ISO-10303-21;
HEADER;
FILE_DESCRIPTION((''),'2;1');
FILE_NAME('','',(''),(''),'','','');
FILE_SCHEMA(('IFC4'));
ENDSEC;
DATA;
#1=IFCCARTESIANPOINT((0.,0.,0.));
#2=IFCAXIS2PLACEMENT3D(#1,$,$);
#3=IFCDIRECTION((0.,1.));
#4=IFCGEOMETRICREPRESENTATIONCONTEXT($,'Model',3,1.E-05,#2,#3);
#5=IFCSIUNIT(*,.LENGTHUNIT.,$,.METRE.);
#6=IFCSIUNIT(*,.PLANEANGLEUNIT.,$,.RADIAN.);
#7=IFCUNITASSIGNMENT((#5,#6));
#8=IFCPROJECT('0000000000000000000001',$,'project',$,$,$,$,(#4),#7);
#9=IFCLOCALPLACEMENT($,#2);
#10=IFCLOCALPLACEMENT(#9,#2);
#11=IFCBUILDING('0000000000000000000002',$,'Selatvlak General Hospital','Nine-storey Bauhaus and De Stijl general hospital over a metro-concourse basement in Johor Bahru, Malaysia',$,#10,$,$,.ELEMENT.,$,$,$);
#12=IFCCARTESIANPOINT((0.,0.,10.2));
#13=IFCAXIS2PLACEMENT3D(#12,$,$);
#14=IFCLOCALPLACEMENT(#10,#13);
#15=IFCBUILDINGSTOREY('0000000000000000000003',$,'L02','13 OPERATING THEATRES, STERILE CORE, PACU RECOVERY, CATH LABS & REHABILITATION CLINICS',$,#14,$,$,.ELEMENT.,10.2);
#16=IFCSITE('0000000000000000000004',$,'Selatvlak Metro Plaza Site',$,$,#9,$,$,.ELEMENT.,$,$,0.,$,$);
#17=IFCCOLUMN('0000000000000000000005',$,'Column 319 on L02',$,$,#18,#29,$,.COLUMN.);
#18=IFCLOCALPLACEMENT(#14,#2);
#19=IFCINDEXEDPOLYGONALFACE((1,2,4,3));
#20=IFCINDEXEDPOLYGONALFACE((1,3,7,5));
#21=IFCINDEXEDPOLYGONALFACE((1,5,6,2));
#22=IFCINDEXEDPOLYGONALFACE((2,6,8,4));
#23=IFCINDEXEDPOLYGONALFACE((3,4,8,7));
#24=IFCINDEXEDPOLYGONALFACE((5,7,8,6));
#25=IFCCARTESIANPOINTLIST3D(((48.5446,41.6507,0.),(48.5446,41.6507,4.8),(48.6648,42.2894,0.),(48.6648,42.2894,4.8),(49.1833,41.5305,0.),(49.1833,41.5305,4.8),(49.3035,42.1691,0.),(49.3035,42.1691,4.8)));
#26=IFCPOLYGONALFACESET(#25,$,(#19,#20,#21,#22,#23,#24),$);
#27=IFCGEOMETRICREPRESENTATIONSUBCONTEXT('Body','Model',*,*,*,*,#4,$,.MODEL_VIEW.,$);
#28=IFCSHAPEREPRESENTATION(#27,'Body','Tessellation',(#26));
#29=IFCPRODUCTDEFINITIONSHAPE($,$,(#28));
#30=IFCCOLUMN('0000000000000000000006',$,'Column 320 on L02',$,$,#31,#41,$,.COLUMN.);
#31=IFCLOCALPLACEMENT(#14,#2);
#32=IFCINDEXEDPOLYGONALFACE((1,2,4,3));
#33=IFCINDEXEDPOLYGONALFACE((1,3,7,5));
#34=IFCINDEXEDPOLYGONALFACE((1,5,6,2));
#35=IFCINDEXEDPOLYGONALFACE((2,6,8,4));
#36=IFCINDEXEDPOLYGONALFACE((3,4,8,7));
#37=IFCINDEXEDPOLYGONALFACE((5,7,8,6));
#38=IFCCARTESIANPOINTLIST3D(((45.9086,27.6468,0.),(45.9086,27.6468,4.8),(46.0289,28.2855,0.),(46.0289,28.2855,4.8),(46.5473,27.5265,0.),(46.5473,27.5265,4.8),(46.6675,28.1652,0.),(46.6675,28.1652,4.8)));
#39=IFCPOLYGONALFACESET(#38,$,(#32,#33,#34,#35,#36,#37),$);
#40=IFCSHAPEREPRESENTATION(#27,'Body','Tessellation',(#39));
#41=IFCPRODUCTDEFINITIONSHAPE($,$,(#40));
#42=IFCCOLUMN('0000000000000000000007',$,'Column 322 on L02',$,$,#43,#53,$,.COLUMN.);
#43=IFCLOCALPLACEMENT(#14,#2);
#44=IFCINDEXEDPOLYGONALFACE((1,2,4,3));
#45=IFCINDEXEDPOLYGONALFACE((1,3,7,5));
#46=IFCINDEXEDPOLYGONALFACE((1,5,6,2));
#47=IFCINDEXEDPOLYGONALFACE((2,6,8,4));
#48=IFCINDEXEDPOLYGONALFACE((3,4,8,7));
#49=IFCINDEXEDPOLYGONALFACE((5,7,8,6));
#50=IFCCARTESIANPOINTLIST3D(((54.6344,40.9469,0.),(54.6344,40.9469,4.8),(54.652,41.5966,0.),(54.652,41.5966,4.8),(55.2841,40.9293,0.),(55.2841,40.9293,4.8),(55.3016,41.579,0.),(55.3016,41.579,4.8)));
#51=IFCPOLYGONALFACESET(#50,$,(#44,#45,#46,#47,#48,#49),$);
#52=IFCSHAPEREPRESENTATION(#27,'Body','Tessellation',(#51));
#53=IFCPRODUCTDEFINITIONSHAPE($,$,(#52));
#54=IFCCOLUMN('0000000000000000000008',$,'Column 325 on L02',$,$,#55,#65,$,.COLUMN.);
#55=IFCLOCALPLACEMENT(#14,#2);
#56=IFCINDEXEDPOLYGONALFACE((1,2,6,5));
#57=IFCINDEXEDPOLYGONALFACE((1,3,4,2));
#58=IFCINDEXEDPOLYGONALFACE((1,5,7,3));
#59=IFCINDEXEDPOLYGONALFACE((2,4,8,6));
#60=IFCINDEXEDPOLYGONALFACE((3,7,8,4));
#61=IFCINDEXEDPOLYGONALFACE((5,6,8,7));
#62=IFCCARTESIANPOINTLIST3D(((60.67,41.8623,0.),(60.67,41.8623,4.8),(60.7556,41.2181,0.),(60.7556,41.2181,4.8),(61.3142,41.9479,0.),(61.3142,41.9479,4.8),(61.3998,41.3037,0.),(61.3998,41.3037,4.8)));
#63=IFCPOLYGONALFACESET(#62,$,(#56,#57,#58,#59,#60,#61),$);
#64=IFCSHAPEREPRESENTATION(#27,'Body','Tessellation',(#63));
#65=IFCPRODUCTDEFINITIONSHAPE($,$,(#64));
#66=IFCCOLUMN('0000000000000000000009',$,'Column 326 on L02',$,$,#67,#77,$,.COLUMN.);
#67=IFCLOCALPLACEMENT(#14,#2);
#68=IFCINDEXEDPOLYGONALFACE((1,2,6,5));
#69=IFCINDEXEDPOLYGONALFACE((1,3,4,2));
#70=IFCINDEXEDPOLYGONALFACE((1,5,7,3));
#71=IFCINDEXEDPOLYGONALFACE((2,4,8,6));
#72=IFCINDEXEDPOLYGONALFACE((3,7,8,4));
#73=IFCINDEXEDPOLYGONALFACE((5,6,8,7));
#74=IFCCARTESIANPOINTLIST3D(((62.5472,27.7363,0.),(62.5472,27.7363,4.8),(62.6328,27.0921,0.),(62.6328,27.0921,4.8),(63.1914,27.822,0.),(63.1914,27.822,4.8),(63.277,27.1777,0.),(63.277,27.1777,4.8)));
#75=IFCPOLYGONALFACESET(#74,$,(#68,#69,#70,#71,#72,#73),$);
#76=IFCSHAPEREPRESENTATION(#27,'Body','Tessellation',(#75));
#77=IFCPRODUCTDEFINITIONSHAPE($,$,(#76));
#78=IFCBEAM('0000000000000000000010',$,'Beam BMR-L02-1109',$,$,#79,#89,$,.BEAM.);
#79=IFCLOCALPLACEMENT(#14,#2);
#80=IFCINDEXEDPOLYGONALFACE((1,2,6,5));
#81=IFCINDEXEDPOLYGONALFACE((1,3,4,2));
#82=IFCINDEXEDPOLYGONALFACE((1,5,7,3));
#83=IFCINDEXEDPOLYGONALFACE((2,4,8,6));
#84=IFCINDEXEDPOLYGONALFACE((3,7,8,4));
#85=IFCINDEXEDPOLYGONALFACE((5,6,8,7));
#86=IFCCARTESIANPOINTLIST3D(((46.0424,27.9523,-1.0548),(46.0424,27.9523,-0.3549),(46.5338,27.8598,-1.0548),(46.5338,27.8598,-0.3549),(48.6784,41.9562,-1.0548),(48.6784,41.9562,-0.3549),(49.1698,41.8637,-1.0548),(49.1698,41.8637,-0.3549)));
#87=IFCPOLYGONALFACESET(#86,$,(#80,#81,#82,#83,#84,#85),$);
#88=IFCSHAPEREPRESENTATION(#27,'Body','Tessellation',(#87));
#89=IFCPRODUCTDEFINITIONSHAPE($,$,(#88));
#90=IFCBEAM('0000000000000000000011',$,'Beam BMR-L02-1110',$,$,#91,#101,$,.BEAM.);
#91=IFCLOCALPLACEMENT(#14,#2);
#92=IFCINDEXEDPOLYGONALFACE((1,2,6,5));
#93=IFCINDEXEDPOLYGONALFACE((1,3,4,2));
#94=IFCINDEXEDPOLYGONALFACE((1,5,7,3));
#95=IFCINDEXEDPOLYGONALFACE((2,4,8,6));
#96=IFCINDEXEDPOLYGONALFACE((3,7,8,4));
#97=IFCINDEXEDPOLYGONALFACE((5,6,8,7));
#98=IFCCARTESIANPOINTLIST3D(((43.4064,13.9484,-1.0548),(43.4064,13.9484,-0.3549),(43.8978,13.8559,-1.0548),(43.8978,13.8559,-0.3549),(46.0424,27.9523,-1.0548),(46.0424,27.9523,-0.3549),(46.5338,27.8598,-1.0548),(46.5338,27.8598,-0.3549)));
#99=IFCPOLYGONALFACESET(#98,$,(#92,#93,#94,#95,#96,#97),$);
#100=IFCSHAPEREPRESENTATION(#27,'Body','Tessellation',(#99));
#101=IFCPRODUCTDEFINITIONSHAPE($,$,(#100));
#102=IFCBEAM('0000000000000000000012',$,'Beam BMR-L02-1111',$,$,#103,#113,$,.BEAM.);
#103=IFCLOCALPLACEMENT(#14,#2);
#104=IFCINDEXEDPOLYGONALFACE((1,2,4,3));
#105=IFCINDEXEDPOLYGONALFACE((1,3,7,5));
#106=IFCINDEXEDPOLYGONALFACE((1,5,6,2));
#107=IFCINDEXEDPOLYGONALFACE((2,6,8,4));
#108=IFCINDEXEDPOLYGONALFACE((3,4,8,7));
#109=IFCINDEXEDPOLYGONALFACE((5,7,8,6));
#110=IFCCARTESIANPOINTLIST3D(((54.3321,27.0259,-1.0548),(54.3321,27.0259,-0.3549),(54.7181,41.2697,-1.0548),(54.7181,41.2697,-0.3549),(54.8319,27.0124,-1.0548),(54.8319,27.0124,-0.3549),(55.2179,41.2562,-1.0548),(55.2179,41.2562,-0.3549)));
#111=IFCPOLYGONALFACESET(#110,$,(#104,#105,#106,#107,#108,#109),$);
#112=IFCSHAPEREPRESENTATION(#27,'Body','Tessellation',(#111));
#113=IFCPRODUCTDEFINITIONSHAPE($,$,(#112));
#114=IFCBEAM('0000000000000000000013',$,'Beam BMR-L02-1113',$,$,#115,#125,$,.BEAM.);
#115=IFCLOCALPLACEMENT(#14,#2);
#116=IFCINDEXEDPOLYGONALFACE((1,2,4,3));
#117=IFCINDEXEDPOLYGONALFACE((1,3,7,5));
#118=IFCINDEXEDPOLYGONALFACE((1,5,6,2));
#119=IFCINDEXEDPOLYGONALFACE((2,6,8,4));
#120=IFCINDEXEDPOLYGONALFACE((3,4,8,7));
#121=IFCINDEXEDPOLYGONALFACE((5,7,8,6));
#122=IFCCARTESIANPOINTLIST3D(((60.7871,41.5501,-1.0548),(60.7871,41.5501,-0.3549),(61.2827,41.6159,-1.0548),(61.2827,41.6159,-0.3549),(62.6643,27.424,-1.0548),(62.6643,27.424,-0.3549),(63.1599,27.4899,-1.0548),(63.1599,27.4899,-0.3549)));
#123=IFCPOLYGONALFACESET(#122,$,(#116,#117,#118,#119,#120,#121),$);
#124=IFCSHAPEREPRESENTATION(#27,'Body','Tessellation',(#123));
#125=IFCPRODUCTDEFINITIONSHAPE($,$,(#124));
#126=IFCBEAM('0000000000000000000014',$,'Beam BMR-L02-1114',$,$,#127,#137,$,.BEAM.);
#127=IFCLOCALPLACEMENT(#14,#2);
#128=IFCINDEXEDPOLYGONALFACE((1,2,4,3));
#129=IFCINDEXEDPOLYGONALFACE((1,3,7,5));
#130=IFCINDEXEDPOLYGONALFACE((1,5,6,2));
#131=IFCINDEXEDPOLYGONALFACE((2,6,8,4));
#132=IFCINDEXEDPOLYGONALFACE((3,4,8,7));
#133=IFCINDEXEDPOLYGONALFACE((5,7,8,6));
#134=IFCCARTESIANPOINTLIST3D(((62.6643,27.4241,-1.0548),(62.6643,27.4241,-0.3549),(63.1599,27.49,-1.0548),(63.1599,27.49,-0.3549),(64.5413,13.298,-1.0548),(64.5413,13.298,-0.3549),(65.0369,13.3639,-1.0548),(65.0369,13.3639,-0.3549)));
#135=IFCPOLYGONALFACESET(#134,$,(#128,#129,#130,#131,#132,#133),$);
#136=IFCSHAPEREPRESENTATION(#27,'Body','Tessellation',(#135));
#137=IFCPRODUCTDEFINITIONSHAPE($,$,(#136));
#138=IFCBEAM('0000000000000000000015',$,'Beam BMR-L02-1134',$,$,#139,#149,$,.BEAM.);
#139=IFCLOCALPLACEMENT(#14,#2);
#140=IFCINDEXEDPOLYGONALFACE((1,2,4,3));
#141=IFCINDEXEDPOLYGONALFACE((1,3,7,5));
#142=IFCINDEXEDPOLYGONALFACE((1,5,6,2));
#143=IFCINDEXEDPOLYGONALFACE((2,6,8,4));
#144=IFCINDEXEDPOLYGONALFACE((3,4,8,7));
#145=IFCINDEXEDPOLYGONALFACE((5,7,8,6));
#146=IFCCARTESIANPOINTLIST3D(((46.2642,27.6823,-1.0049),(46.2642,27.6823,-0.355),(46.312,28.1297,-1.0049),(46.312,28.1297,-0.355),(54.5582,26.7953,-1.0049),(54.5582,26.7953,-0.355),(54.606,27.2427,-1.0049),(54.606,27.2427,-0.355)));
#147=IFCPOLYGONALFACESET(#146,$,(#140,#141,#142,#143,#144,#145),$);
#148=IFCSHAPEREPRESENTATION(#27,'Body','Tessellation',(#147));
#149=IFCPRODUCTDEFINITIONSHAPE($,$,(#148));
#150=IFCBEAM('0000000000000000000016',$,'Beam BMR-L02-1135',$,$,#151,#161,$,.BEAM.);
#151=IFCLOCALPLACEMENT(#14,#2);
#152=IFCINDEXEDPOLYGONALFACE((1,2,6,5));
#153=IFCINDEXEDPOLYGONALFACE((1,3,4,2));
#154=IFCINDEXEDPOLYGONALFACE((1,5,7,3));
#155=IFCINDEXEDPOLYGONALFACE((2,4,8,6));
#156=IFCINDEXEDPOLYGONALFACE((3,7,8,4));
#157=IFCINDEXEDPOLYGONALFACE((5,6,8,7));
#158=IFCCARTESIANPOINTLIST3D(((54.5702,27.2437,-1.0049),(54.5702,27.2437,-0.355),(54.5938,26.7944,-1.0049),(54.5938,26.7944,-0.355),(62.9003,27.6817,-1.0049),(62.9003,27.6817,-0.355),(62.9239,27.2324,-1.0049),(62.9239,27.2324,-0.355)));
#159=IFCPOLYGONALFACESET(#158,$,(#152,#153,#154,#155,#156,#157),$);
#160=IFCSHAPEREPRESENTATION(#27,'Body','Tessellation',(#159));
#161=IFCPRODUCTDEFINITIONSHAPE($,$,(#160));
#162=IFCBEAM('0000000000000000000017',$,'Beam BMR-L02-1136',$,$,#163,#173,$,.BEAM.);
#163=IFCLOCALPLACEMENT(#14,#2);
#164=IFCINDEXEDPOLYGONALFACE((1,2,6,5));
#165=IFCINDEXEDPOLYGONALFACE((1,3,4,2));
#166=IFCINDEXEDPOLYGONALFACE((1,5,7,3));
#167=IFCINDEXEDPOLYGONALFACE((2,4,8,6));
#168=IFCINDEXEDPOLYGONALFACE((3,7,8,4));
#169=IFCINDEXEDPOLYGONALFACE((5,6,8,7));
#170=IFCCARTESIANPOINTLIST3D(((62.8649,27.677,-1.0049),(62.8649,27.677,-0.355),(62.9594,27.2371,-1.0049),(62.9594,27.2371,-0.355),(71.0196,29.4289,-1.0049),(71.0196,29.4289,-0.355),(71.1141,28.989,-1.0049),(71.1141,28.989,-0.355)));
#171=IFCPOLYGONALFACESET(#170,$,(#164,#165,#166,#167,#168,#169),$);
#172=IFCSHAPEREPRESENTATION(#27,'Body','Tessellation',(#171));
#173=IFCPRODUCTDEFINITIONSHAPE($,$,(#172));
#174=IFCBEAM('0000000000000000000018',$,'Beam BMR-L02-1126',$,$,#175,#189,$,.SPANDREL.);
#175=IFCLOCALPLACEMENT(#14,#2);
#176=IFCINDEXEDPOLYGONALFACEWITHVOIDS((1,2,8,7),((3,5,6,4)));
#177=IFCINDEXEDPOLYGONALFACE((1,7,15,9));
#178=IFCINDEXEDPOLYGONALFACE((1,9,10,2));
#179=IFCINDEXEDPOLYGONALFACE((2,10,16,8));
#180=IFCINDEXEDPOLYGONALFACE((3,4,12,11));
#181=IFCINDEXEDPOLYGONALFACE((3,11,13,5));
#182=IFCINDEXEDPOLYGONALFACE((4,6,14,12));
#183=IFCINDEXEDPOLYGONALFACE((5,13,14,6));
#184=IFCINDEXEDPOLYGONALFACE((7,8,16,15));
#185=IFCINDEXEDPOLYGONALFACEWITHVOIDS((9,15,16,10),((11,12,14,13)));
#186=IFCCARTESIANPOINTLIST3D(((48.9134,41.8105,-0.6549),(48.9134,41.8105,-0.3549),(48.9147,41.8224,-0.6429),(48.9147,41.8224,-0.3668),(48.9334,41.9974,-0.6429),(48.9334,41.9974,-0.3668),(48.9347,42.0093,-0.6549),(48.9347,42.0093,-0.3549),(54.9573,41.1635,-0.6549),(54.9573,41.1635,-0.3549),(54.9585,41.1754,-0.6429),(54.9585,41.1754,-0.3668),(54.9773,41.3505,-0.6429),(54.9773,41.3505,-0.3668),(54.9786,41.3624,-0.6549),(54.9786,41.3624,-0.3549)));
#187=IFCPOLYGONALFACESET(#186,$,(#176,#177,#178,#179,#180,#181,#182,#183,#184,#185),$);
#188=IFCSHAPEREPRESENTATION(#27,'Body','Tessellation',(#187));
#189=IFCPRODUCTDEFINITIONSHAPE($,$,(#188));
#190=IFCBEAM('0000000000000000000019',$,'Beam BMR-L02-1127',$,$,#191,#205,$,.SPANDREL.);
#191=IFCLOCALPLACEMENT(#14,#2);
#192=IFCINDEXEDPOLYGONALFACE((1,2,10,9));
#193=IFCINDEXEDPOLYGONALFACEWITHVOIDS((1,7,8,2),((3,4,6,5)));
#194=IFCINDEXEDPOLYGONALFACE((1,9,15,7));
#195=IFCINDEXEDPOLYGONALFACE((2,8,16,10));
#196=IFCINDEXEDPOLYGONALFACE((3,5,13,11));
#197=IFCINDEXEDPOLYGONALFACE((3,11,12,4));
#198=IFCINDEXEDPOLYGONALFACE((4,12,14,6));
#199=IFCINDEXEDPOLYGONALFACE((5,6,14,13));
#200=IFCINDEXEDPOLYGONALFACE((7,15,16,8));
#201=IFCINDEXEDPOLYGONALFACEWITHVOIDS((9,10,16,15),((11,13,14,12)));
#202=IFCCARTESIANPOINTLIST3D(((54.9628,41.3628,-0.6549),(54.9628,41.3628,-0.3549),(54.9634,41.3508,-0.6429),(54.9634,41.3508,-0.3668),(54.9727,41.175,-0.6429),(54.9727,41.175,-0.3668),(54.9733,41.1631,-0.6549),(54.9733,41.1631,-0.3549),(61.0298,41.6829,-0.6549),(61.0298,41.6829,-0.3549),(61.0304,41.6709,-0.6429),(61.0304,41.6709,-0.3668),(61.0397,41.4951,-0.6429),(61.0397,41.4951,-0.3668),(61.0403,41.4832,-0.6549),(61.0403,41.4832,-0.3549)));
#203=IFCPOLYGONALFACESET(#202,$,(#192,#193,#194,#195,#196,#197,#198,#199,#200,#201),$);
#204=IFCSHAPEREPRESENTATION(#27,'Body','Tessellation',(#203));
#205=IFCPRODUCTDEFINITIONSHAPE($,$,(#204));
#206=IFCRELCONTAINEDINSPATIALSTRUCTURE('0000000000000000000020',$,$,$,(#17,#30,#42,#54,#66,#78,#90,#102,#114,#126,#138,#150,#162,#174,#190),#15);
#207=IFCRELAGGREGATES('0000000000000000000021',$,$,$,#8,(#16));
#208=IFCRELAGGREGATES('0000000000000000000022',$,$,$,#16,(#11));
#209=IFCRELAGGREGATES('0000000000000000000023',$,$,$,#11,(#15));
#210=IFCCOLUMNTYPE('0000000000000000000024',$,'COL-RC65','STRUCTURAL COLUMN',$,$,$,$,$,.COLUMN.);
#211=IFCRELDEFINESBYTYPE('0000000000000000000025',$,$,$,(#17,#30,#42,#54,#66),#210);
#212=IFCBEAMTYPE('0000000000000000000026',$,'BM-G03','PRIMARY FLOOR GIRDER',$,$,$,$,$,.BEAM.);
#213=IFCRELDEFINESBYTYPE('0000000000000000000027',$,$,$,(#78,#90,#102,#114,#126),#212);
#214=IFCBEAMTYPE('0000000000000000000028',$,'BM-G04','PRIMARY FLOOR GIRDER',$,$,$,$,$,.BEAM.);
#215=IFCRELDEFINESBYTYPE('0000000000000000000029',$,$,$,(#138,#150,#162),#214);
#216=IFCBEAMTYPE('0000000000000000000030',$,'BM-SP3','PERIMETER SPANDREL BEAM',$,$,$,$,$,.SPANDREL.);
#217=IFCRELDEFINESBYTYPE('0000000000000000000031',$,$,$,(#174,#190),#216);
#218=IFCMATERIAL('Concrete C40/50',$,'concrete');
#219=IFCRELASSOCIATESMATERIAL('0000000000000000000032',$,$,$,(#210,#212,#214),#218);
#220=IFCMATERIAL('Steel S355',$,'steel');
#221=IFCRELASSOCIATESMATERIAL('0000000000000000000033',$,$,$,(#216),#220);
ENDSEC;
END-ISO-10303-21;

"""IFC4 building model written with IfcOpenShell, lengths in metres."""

from ifc_helpers import new_model, si_unit, direction, frame, origin, origin_2d, place, context, subcontext, project, spatial, rectangle, hollow_rectangle, extrude, material, material_profile, profile_set, type_object, element, save


model = new_model("IFC4")

# Units and contexts
model_context = context("Model", 3, precision=1e-05, world=origin(), true_north=direction((0.0, 1.0)))
body_context = subcontext(model_context, "Body", "Model", "MODEL_VIEW")
ifc_project = project(units=[si_unit("LENGTHUNIT", "METRE"), si_unit("PLANEANGLEUNIT", "RADIAN")], contexts=[model_context])

# Site, building, storey
site_placement = place(None, origin())
site = spatial("IfcSite", under=ifc_project, at=site_placement, Name="Selatvlak Metro Plaza Site", CompositionType="ELEMENT", RefElevation=0.0)
building_placement = place(site_placement, origin())
building = spatial("IfcBuilding", under=site, at=building_placement, Name="Selatvlak General Hospital", Description="Nine-storey Bauhaus and De Stijl general hospital over a metro-concourse basement in Johor Bahru, Malaysia", CompositionType="ELEMENT")
storey_placement = place(building_placement, frame((0.0, 0.0, 10.2)))
storey = spatial("IfcBuildingStorey", under=building, at=storey_placement, Name="L02", Description="13 OPERATING THEATRES, STERILE CORE, PACU RECOVERY, CATH LABS & REHABILITATION CLINICS", CompositionType="ELEMENT", Elevation=10.2)

# Columns
ifc_material_1 = material(Name="Concrete C40/50", Category="concrete")
ifc_material_profile_1 = material_profile(ifc_material_1, rectangle(XDim=0.6499, YDim=0.6499, at=origin_2d()), Name="RC-COL 650x650")
ifc_profile_set_1 = profile_set([ifc_material_profile_1], Name="Concrete C40/50")
column_type = type_object("IfcColumnType", Name="COL-RC65", Description="STRUCTURAL COLUMN", PredefinedType="COLUMN", material=ifc_profile_set_1)
for number, where, z_axis, x_axis, name in (
    (1, (48.9241, 41.9099, 0.0), (0.0, 0.0, 1.0), (0.184998, 0.982739, 0.0), "Column 319 on L02"),
    (2, (46.2881, 27.906, 0.0), (0.0, 0.0, 1.0), (0.184998, 0.982739, 0.0), "Column 320 on L02"),
    (3, (54.968, 41.2629, 0.0), (0.0, 0.0, 1.0), (0.027067, 0.999634, 0.0), "Column 322 on L02"),
    (4, (61.0349, 41.583, 0.0), (0.0, 0.0, 1.0), (-0.131737, 0.991285, 0.0), "Column 325 on L02"),
    (5, (62.9121, 27.457, 0.0), (0.0, 0.0, 1.0), (-0.131737, 0.991285, 0.0), "Column 326 on L02"),
):
    element("IfcColumn", number, at=place(storey_placement, frame(where, z_axis=z_axis, x_axis=x_axis)), inside=storey, type_object=column_type, Name=name, PredefinedType="COLUMN", context=body_context, shape_type="SweptSolid", body=[
        extrude(rectangle(XDim=0.6499, YDim=0.6499, at=origin_2d()), origin(), (0.0, 0.0, 1.0), 4.8),
    ])

# Beams
ifc_material_profile_2 = material_profile(ifc_material_1, rectangle(XDim=0.5, YDim=0.7, at=origin_2d()), Name="RC-BM 500x700")
ifc_profile_set_2 = profile_set([ifc_material_profile_2], Name="Concrete C40/50")
beam_type_1 = type_object("IfcBeamType", Name="BM-G03", Description="PRIMARY FLOOR GIRDER", PredefinedType="BEAM", material=ifc_profile_set_2)
for number, where, z_axis, x_axis, name in (
    (6, (48.9241, 41.9099, -0.7048), (-0.184984, -0.982742, 0.0), (0.982742, -0.184984, 0.0), "Beam BMR-L02-1109"),
    (7, (46.2881, 27.906, -0.7048), (-0.184984, -0.982742, 0.0), (0.982742, -0.184984, 0.0), "Beam BMR-L02-1110"),
):
    element("IfcBeam", number, at=place(storey_placement, frame(where, z_axis=z_axis, x_axis=x_axis)), inside=storey, type_object=beam_type_1, Name=name, PredefinedType="BEAM", context=body_context, shape_type="SweptSolid", body=[
        extrude(rectangle(XDim=0.5, YDim=0.7, at=origin_2d()), origin(), (0.0, 0.0, 1.0), 14.2498),
    ])
beam_1_placement = place(storey_placement, frame((54.968, 41.2629, -0.7048), z_axis=(-0.027088, -0.999633, 0.0), x_axis=(0.999633, -0.027088, 0.0)))
element("IfcBeam", 8, at=beam_1_placement, inside=storey, type_object=beam_type_1, Name="Beam BMR-L02-1111", PredefinedType="BEAM", context=body_context, shape_type="SweptSolid", body=[
    extrude(rectangle(XDim=0.5, YDim=0.7, at=origin_2d()), origin(), (0.0, 0.0, 1.0), 14.249),
])
for number, where, z_axis, x_axis, name in (
    (9, (61.0349, 41.583, -0.7048), (0.131732, -0.991285, 0.0), (0.991285, 0.131732, 0.0), "Beam BMR-L02-1113"),
    (10, (62.9121, 27.457, -0.7048), (0.131715, -0.991288, 0.0), (0.991288, 0.131715, 0.0), "Beam BMR-L02-1114"),
):
    element("IfcBeam", number, at=place(storey_placement, frame(where, z_axis=z_axis, x_axis=x_axis)), inside=storey, type_object=beam_type_1, Name=name, PredefinedType="BEAM", context=body_context, shape_type="SweptSolid", body=[
        extrude(rectangle(XDim=0.5, YDim=0.7, at=origin_2d()), origin(), (0.0, 0.0, 1.0), 14.2502),
    ])
ifc_material_profile_3 = material_profile(ifc_material_1, rectangle(XDim=0.45, YDim=0.6499, at=origin_2d()), Name="RC-BM 450x650")
ifc_profile_set_3 = profile_set([ifc_material_profile_3], Name="Concrete C40/50")
beam_type_2 = type_object("IfcBeamType", Name="BM-G04", Description="PRIMARY FLOOR GIRDER", PredefinedType="BEAM", material=ifc_profile_set_3)
beam_2_placement = place(storey_placement, frame((46.2881, 27.906, -0.6799), z_axis=(0.99433, -0.106335, 0.0), x_axis=(0.106335, 0.99433, 0.0)))
element("IfcBeam", 11, at=beam_2_placement, inside=storey, type_object=beam_type_2, Name="Beam BMR-L02-1134", PredefinedType="BEAM", context=body_context, shape_type="SweptSolid", body=[
    extrude(rectangle(XDim=0.45, YDim=0.6499, at=origin_2d()), origin(), (0.0, 0.0, 1.0), 8.3413),
])
beam_3_placement = place(storey_placement, frame((54.582, 27.019, -0.6799), z_axis=(0.998621, 0.052507, 0.0), x_axis=(-0.052507, 0.998621, 0.0)))
element("IfcBeam", 12, at=beam_3_placement, inside=storey, type_object=beam_type_2, Name="Beam BMR-L02-1135", PredefinedType="BEAM", context=body_context, shape_type="SweptSolid", body=[
    extrude(rectangle(XDim=0.45, YDim=0.6499, at=origin_2d()), origin(), (0.0, 0.0, 1.0), 8.3416),
])
beam_4_placement = place(storey_placement, frame((62.9121, 27.457, -0.6799), z_axis=(0.977692, 0.210045, 0.0), x_axis=(-0.210045, 0.977692, 0.0)))
element("IfcBeam", 13, at=beam_4_placement, inside=storey, type_object=beam_type_2, Name="Beam BMR-L02-1136", PredefinedType="BEAM", context=body_context, shape_type="SweptSolid", body=[
    extrude(rectangle(XDim=0.45, YDim=0.6499, at=origin_2d()), origin(), (0.0, 0.0, 1.0), 8.3408),
])
ifc_material_2 = material(Name="Steel S355", Category="steel")
ifc_material_profile_4 = material_profile(ifc_material_2, hollow_rectangle(XDim=0.2, YDim=0.3, WallThickness=0.012, at=origin_2d()), Name="RHS 300x200x12")
ifc_profile_set_4 = profile_set([ifc_material_profile_4], Name="Steel S355")
beam_type_3 = type_object("IfcBeamType", Name="BM-SP3", Description="PERIMETER SPANDREL BEAM", PredefinedType="SPANDREL", material=ifc_profile_set_4)
beam_5_placement = place(storey_placement, frame((48.9241, 41.9099, -0.5049), z_axis=(0.994319, -0.106437, 0.0), x_axis=(0.106437, 0.994319, 0.0)))
element("IfcBeam", 14, at=beam_5_placement, inside=storey, type_object=beam_type_3, Name="Beam BMR-L02-1126", PredefinedType="SPANDREL", context=body_context, shape_type="SweptSolid", body=[
    extrude(hollow_rectangle(XDim=0.2, YDim=0.3, WallThickness=0.012, at=origin_2d()), origin(), (0.0, 0.0, 1.0), 6.0784),
])
beam_6_placement = place(storey_placement, frame((54.968, 41.2629, -0.5049), z_axis=(0.998611, 0.052683, 0.0), x_axis=(-0.052683, 0.998611, 0.0)))
element("IfcBeam", 15, at=beam_6_placement, inside=storey, type_object=beam_type_3, Name="Beam BMR-L02-1127", PredefinedType="SPANDREL", context=body_context, shape_type="SweptSolid", body=[
    extrude(hollow_rectangle(XDim=0.2, YDim=0.3, WallThickness=0.012, at=origin_2d()), origin(), (0.0, 0.0, 1.0), 6.0754),
])

save(model, "model.ifc")
